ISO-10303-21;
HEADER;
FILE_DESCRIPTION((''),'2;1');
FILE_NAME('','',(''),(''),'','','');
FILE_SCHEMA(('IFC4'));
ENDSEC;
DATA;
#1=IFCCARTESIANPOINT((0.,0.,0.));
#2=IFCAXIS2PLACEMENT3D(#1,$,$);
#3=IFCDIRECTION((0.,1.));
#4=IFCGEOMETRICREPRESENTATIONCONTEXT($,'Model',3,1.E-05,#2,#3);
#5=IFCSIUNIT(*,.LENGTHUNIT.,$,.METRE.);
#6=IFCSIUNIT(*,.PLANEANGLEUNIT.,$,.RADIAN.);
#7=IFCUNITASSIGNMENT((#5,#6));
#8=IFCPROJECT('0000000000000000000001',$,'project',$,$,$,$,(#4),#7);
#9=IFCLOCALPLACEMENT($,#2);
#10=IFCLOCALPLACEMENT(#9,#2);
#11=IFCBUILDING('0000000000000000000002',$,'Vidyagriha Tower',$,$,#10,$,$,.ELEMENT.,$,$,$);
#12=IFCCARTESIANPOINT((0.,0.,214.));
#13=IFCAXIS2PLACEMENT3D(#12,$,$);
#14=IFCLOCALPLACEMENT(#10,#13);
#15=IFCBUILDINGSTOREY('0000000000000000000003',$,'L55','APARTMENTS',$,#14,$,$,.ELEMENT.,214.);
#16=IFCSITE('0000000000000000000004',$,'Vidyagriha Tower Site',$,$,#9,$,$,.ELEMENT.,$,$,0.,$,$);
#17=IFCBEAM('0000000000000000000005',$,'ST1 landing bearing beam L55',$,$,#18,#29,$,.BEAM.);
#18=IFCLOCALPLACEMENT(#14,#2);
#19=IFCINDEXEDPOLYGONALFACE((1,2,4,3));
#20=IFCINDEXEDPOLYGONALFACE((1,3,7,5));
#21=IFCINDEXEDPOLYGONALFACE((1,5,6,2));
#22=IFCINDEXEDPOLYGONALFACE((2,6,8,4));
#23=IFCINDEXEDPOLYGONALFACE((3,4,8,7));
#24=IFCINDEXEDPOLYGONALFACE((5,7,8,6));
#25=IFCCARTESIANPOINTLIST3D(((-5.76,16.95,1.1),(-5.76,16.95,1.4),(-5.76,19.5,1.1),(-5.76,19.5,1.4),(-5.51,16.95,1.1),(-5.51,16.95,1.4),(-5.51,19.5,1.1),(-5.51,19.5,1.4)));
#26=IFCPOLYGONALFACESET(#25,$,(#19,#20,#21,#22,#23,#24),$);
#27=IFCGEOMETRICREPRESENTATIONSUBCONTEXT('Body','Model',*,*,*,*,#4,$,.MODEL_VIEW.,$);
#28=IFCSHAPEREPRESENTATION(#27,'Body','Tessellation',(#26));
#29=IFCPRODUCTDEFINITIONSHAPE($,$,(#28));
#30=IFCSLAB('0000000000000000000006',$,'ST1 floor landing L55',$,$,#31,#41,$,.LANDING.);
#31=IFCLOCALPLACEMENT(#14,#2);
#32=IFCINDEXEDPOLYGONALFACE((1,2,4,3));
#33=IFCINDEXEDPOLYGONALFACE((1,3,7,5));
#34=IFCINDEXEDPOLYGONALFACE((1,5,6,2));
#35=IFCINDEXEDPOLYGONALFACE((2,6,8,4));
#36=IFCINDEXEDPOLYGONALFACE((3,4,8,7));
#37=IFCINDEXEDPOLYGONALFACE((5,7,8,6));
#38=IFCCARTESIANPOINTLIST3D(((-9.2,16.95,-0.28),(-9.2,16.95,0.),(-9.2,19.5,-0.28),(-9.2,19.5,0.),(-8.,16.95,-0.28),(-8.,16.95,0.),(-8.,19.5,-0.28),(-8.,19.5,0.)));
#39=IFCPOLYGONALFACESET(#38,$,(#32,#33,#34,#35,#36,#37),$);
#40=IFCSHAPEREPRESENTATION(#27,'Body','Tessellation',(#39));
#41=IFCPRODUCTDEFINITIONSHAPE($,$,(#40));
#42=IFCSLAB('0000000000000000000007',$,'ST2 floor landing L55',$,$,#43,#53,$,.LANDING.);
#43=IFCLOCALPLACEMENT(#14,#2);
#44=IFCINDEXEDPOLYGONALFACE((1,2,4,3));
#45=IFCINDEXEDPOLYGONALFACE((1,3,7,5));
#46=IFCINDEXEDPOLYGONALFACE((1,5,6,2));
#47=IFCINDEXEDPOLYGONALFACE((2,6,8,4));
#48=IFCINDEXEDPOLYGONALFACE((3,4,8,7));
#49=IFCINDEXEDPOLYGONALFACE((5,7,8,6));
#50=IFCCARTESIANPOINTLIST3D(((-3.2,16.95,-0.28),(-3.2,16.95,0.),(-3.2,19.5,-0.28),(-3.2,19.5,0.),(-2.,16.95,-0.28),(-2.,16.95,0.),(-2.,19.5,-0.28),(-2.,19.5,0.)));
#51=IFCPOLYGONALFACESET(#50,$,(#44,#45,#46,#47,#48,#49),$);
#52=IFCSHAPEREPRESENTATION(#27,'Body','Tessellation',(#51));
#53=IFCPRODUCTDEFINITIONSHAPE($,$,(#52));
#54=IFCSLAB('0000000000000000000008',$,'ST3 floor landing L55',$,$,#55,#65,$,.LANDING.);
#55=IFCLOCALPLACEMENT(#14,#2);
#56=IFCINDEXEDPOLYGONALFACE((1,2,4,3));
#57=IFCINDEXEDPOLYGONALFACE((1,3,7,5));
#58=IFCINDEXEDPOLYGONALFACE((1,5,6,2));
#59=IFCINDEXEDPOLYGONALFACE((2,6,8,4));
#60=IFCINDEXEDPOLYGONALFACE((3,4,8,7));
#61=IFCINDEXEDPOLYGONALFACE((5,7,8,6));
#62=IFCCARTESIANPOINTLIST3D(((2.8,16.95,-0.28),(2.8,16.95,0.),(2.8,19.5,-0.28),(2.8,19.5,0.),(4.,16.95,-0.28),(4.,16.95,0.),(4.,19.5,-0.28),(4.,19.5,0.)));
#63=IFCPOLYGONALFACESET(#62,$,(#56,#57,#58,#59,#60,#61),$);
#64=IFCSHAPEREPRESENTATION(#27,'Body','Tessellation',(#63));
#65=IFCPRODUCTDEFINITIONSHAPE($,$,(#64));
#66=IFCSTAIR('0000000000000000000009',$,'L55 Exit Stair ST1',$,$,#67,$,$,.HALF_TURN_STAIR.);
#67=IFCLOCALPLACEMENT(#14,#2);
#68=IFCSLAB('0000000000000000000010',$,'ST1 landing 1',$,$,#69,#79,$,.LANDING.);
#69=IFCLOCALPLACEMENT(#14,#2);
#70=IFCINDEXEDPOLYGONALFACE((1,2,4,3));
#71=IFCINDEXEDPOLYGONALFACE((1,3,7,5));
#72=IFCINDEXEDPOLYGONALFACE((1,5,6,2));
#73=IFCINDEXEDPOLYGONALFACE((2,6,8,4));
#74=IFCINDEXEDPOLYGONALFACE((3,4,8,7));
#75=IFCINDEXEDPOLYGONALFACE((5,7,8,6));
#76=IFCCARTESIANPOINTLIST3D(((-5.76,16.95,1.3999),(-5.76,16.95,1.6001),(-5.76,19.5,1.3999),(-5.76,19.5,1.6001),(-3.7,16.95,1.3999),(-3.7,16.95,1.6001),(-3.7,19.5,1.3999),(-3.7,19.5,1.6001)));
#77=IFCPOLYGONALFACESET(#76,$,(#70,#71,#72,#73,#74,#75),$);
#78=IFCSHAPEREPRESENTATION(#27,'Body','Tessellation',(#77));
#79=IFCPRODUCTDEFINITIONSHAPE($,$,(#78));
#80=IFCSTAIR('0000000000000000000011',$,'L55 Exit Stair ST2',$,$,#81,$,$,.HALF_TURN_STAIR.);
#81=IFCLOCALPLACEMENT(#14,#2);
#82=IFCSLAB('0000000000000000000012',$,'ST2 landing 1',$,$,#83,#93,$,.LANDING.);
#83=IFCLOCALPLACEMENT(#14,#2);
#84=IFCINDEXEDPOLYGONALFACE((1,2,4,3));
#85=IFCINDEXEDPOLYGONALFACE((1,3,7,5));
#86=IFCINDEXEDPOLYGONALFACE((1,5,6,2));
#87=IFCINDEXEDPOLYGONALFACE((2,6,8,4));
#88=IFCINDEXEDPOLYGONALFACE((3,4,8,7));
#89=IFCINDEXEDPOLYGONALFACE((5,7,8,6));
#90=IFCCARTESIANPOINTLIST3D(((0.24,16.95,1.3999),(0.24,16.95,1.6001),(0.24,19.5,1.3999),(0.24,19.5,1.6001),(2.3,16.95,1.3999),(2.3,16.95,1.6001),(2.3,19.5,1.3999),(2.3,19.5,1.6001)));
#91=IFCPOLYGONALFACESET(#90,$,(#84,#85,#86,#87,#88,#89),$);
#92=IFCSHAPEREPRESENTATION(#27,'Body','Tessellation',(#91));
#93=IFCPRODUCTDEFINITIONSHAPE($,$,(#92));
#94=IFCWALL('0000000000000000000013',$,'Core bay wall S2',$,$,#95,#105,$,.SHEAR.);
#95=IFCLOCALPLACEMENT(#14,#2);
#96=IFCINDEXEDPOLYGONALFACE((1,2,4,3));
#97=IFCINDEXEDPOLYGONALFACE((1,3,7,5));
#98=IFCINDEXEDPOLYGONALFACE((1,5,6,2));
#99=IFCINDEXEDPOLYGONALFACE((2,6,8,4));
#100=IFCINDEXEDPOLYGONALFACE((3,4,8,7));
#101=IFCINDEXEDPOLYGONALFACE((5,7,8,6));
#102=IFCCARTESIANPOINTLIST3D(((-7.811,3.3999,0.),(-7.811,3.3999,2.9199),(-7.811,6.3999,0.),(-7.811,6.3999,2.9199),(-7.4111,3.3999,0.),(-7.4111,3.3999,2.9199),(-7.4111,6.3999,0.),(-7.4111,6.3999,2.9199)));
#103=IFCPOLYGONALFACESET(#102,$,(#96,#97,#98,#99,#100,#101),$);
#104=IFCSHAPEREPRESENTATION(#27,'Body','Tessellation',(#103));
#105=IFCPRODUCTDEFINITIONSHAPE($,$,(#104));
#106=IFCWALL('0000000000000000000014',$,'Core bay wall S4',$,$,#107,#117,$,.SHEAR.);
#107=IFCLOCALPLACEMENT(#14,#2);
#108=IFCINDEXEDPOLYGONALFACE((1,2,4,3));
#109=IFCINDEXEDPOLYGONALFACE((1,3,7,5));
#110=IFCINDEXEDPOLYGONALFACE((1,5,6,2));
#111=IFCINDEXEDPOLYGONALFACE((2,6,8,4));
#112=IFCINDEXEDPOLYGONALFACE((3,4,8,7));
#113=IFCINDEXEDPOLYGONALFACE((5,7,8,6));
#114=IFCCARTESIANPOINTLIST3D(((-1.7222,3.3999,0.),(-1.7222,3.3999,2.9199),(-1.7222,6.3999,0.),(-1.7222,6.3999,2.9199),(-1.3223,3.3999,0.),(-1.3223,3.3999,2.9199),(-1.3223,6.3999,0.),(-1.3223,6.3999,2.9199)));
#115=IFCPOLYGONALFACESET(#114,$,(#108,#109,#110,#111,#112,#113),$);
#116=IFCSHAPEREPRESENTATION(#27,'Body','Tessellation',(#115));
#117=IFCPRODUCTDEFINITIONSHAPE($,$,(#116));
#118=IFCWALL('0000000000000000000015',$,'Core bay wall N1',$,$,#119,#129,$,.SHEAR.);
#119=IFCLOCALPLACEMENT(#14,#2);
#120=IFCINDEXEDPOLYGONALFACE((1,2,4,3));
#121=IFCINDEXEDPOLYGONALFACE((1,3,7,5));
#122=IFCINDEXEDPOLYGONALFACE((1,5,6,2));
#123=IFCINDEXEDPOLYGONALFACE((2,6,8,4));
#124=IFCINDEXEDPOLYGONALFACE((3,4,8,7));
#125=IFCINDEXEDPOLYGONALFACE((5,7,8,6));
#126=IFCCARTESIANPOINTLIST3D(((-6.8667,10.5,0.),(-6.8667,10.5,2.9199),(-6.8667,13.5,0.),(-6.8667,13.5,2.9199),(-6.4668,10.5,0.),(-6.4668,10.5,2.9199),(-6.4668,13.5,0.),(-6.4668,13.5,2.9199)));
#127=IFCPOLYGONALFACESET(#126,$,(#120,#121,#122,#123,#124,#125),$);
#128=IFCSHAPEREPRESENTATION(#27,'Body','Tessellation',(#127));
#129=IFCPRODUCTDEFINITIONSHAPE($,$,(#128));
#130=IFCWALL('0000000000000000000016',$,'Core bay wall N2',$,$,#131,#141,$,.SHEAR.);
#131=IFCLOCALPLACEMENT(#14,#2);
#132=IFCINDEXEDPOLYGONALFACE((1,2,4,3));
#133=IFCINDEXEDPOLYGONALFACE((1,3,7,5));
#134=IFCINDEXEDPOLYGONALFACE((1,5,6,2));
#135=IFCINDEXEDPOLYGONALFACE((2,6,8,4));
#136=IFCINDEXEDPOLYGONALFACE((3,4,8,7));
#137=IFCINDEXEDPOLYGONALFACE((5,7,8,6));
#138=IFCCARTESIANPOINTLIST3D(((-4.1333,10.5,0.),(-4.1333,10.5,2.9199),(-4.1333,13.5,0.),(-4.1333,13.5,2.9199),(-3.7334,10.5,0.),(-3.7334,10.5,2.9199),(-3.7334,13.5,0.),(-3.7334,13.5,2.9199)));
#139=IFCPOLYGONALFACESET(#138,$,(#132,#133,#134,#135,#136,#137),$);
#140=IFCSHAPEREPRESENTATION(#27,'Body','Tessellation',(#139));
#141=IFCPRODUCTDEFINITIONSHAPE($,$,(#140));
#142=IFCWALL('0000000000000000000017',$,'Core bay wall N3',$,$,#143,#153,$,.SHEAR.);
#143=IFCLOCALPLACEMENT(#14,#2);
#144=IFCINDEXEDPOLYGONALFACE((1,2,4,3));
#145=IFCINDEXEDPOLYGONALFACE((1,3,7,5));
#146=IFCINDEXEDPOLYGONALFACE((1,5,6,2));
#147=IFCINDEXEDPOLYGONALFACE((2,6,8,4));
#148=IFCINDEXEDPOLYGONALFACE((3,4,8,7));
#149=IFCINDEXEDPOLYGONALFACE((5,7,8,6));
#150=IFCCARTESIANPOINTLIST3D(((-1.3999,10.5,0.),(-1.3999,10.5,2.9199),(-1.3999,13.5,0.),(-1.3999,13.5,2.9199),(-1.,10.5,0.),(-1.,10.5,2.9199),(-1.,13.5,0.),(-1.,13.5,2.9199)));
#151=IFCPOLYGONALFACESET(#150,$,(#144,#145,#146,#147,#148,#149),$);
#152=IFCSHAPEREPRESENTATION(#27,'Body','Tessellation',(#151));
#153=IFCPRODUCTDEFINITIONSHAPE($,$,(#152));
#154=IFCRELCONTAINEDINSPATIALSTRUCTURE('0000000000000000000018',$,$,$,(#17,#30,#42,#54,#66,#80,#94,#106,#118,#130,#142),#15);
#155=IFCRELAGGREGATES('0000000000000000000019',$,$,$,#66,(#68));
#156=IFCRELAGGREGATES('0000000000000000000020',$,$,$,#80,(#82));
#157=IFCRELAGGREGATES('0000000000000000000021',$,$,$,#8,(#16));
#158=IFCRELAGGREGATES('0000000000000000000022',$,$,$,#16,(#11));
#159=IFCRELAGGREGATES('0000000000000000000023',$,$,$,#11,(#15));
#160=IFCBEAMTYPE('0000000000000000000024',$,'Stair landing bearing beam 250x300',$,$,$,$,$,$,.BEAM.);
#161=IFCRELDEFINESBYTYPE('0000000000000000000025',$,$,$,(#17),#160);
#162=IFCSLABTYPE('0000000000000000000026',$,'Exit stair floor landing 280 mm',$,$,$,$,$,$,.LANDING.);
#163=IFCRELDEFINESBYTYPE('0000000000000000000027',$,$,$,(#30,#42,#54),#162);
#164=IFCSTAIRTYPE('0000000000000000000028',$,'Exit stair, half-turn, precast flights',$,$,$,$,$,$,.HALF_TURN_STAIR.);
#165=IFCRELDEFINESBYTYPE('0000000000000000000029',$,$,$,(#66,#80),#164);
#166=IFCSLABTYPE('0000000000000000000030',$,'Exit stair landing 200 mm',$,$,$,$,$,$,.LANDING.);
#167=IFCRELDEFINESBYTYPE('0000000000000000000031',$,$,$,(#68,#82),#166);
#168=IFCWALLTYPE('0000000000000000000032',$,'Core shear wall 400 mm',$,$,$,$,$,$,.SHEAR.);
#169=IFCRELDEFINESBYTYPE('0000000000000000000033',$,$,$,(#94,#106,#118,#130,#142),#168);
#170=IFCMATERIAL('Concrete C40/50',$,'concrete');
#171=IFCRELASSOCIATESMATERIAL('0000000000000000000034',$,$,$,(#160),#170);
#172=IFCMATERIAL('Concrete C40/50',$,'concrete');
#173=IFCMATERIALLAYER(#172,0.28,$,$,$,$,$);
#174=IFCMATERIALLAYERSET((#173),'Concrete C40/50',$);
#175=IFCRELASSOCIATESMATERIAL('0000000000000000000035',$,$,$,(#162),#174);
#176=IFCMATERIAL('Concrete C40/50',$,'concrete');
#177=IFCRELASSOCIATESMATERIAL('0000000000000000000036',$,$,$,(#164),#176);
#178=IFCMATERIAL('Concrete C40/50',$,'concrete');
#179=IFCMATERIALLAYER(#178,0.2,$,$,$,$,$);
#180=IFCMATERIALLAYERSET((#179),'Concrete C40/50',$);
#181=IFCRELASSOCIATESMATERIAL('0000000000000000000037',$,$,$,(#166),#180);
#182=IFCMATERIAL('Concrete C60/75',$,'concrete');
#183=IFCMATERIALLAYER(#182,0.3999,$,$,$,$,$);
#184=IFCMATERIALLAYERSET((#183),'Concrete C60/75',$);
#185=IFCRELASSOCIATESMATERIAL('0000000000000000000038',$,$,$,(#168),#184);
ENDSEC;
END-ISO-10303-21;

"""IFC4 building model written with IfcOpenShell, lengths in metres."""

from ifc_helpers import new_model, si_unit, direction, frame, frame_2d, origin, origin_2d, place, context, subcontext, project, spatial, polyline, rectangle, outline, extrude, material, layer, layer_set, material_profile, profile_set, type_object, element, aggregate, save


model = new_model("IFC4")

# Units and contexts
model_context = context("Model", 3, precision=1e-05, world=origin(), true_north=direction((0.0, 1.0)))
body_context = subcontext(model_context, "Body", "Model", "MODEL_VIEW")
ifc_project = project(units=[si_unit("LENGTHUNIT", "METRE"), si_unit("PLANEANGLEUNIT", "RADIAN")], contexts=[model_context])

# Site, building, storey
site_placement = place(None, origin())
site = spatial("IfcSite", under=ifc_project, at=site_placement, Name="Vidyagriha Tower Site", CompositionType="ELEMENT", RefElevation=0.0)
building_placement = place(site_placement, origin())
building = spatial("IfcBuilding", under=site, at=building_placement, Name="Vidyagriha Tower", CompositionType="ELEMENT")
storey_placement = place(building_placement, frame((0.0, 0.0, 214.0)))
storey = spatial("IfcBuildingStorey", under=building, at=storey_placement, Name="L55", Description="APARTMENTS", CompositionType="ELEMENT", Elevation=214.0)

# Beam
ifc_material_1 = material(Name="Concrete C40/50", Category="concrete")
ifc_material_profile = material_profile(ifc_material_1, rectangle(XDim=0.25, YDim=0.3, at=origin_2d()), Name="Stair landing bearing beam 250x300")
ifc_profile_set = profile_set([ifc_material_profile], Name="Concrete C40/50")
beam_type = type_object("IfcBeamType", Name="Stair landing bearing beam 250x300", PredefinedType="BEAM", material=ifc_profile_set)
beam_placement = place(storey_placement, frame((-5.635, 16.95, 1.25), z_axis=(0.0, 1.0, 0.0), x_axis=(-1.0, 0.0, 0.0)))
element("IfcBeam", 1, at=beam_placement, inside=storey, type_object=beam_type, Name="ST1 landing bearing beam L55", PredefinedType="BEAM", context=body_context, shape_type="SweptSolid", body=[
    extrude(rectangle(XDim=0.25, YDim=0.3, at=origin_2d()), origin(), (0.0, 0.0, 1.0), 2.55),
])

# Slabs
ifc_material_2 = material(Name="Concrete C40/50", Category="concrete")
ifc_layer_1 = layer(ifc_material_2, 0.28)
ifc_layer_set_1 = layer_set([ifc_layer_1], Name="Concrete C40/50")
slab_type_1 = type_object("IfcSlabType", Name="Exit stair floor landing 280 mm", PredefinedType="LANDING", material=ifc_layer_set_1)
slab_1_placement = place(storey_placement, frame((0.0, 0.0, -0.28)))
element("IfcSlab", 2, at=slab_1_placement, inside=storey, type_object=slab_type_1, Name="ST1 floor landing L55", PredefinedType="LANDING", context=body_context, shape_type="SweptSolid", body=[
    extrude(outline(polyline([(-9.2, 16.95), (-8.0, 16.95), (-8.0, 19.5), (-9.2, 19.5), (-9.2, 16.95)])), origin(), (0.0, 0.0, 1.0), 0.28),
])
slab_2_placement = place(storey_placement, frame((0.0, 0.0, -0.28)))
element("IfcSlab", 3, at=slab_2_placement, inside=storey, type_object=slab_type_1, Name="ST2 floor landing L55", PredefinedType="LANDING", context=body_context, shape_type="SweptSolid", body=[
    extrude(outline(polyline([(-3.2, 16.95), (-2.0, 16.95), (-2.0, 19.5), (-3.2, 19.5), (-3.2, 16.95)])), origin(), (0.0, 0.0, 1.0), 0.28),
])
slab_3_placement = place(storey_placement, frame((0.0, 0.0, -0.28)))
element("IfcSlab", 4, at=slab_3_placement, inside=storey, type_object=slab_type_1, Name="ST3 floor landing L55", PredefinedType="LANDING", context=body_context, shape_type="SweptSolid", body=[
    extrude(outline(polyline([(2.8, 16.95), (4.0, 16.95), (4.0, 19.5), (2.8, 19.5), (2.8, 16.95)])), origin(), (0.0, 0.0, 1.0), 0.28),
])

# Stairs, slabs
ifc_material_3 = material(Name="Concrete C40/50", Category="concrete")
stair_type = type_object("IfcStairType", Name="Exit stair, half-turn, precast flights", PredefinedType="HALF_TURN_STAIR", material=ifc_material_3)
stair_1_placement = place(storey_placement, origin())
stair_1 = element("IfcStair", 5, at=stair_1_placement, inside=storey, type_object=stair_type, Name="L55 Exit Stair ST1", PredefinedType="HALF_TURN_STAIR")
ifc_material_4 = material(Name="Concrete C40/50", Category="concrete")
ifc_layer_2 = layer(ifc_material_4, 0.2)
ifc_layer_set_2 = layer_set([ifc_layer_2], Name="Concrete C40/50")
slab_type_2 = type_object("IfcSlabType", Name="Exit stair landing 200 mm", PredefinedType="LANDING", material=ifc_layer_set_2)
slab_4_placement = place(storey_placement, frame((0.0, 0.0, 1.3999)))
slab_4 = element("IfcSlab", 6, at=slab_4_placement, type_object=slab_type_2, Name="ST1 landing 1", PredefinedType="LANDING", context=body_context, shape_type="SweptSolid", body=[
    extrude(outline(polyline([(-5.76, 16.95), (-3.7, 16.95), (-3.7, 19.5), (-5.76, 19.5), (-5.76, 16.95)])), origin(), (0.0, 0.0, 1.0), 0.2002),
])
aggregate(stair_1, [slab_4])
stair_2_placement = place(storey_placement, origin())
stair_2 = element("IfcStair", 7, at=stair_2_placement, inside=storey, type_object=stair_type, Name="L55 Exit Stair ST2", PredefinedType="HALF_TURN_STAIR")
slab_5_placement = place(storey_placement, frame((0.0, 0.0, 1.3999)))
slab_5 = element("IfcSlab", 8, at=slab_5_placement, type_object=slab_type_2, Name="ST2 landing 1", PredefinedType="LANDING", context=body_context, shape_type="SweptSolid", body=[
    extrude(outline(polyline([(0.24, 16.95), (2.3, 16.95), (2.3, 19.5), (0.24, 19.5), (0.24, 16.95)])), origin(), (0.0, 0.0, 1.0), 0.2002),
])
aggregate(stair_2, [slab_5])

# Walls
ifc_material_5 = material(Name="Concrete C60/75", Category="concrete")
ifc_layer_3 = layer(ifc_material_5, 0.3999)
ifc_layer_set_3 = layer_set([ifc_layer_3], Name="Concrete C60/75")
wall_type = type_object("IfcWallType", Name="Core shear wall 400 mm", PredefinedType="SHEAR", material=ifc_layer_set_3)
for number, where, z_axis, x_axis, name in (
    (9, (-7.6111, 3.3999, 0.0), (0.0, 0.0, 1.0), (0.0, 1.0, 0.0), "Core bay wall S2"),
    (10, (-1.5222, 3.3999, 0.0), (0.0, 0.0, 1.0), (0.0, 1.0, 0.0), "Core bay wall S4"),
    (11, (-6.6667, 10.5, 0.0), (0.0, 0.0, 1.0), (0.0, 1.0, 0.0), "Core bay wall N1"),
    (12, (-3.9333, 10.5, 0.0), (0.0, 0.0, 1.0), (0.0, 1.0, 0.0), "Core bay wall N2"),
    (13, (-1.2, 10.5, 0.0), (0.0, 0.0, 1.0), (0.0, 1.0, 0.0), "Core bay wall N3"),
):
    element("IfcWall", number, at=place(storey_placement, frame(where, z_axis=z_axis, x_axis=x_axis)), inside=storey, type_object=wall_type, Name=name, PredefinedType="SHEAR", context=body_context, shape_type="SweptSolid", body=[
        extrude(rectangle(XDim=3.0, YDim=0.3999, at=frame_2d((1.5, 0.0))), origin(), (0.0, 0.0, 1.0), 2.9199),
    ])

save(model, "model.ifc")
